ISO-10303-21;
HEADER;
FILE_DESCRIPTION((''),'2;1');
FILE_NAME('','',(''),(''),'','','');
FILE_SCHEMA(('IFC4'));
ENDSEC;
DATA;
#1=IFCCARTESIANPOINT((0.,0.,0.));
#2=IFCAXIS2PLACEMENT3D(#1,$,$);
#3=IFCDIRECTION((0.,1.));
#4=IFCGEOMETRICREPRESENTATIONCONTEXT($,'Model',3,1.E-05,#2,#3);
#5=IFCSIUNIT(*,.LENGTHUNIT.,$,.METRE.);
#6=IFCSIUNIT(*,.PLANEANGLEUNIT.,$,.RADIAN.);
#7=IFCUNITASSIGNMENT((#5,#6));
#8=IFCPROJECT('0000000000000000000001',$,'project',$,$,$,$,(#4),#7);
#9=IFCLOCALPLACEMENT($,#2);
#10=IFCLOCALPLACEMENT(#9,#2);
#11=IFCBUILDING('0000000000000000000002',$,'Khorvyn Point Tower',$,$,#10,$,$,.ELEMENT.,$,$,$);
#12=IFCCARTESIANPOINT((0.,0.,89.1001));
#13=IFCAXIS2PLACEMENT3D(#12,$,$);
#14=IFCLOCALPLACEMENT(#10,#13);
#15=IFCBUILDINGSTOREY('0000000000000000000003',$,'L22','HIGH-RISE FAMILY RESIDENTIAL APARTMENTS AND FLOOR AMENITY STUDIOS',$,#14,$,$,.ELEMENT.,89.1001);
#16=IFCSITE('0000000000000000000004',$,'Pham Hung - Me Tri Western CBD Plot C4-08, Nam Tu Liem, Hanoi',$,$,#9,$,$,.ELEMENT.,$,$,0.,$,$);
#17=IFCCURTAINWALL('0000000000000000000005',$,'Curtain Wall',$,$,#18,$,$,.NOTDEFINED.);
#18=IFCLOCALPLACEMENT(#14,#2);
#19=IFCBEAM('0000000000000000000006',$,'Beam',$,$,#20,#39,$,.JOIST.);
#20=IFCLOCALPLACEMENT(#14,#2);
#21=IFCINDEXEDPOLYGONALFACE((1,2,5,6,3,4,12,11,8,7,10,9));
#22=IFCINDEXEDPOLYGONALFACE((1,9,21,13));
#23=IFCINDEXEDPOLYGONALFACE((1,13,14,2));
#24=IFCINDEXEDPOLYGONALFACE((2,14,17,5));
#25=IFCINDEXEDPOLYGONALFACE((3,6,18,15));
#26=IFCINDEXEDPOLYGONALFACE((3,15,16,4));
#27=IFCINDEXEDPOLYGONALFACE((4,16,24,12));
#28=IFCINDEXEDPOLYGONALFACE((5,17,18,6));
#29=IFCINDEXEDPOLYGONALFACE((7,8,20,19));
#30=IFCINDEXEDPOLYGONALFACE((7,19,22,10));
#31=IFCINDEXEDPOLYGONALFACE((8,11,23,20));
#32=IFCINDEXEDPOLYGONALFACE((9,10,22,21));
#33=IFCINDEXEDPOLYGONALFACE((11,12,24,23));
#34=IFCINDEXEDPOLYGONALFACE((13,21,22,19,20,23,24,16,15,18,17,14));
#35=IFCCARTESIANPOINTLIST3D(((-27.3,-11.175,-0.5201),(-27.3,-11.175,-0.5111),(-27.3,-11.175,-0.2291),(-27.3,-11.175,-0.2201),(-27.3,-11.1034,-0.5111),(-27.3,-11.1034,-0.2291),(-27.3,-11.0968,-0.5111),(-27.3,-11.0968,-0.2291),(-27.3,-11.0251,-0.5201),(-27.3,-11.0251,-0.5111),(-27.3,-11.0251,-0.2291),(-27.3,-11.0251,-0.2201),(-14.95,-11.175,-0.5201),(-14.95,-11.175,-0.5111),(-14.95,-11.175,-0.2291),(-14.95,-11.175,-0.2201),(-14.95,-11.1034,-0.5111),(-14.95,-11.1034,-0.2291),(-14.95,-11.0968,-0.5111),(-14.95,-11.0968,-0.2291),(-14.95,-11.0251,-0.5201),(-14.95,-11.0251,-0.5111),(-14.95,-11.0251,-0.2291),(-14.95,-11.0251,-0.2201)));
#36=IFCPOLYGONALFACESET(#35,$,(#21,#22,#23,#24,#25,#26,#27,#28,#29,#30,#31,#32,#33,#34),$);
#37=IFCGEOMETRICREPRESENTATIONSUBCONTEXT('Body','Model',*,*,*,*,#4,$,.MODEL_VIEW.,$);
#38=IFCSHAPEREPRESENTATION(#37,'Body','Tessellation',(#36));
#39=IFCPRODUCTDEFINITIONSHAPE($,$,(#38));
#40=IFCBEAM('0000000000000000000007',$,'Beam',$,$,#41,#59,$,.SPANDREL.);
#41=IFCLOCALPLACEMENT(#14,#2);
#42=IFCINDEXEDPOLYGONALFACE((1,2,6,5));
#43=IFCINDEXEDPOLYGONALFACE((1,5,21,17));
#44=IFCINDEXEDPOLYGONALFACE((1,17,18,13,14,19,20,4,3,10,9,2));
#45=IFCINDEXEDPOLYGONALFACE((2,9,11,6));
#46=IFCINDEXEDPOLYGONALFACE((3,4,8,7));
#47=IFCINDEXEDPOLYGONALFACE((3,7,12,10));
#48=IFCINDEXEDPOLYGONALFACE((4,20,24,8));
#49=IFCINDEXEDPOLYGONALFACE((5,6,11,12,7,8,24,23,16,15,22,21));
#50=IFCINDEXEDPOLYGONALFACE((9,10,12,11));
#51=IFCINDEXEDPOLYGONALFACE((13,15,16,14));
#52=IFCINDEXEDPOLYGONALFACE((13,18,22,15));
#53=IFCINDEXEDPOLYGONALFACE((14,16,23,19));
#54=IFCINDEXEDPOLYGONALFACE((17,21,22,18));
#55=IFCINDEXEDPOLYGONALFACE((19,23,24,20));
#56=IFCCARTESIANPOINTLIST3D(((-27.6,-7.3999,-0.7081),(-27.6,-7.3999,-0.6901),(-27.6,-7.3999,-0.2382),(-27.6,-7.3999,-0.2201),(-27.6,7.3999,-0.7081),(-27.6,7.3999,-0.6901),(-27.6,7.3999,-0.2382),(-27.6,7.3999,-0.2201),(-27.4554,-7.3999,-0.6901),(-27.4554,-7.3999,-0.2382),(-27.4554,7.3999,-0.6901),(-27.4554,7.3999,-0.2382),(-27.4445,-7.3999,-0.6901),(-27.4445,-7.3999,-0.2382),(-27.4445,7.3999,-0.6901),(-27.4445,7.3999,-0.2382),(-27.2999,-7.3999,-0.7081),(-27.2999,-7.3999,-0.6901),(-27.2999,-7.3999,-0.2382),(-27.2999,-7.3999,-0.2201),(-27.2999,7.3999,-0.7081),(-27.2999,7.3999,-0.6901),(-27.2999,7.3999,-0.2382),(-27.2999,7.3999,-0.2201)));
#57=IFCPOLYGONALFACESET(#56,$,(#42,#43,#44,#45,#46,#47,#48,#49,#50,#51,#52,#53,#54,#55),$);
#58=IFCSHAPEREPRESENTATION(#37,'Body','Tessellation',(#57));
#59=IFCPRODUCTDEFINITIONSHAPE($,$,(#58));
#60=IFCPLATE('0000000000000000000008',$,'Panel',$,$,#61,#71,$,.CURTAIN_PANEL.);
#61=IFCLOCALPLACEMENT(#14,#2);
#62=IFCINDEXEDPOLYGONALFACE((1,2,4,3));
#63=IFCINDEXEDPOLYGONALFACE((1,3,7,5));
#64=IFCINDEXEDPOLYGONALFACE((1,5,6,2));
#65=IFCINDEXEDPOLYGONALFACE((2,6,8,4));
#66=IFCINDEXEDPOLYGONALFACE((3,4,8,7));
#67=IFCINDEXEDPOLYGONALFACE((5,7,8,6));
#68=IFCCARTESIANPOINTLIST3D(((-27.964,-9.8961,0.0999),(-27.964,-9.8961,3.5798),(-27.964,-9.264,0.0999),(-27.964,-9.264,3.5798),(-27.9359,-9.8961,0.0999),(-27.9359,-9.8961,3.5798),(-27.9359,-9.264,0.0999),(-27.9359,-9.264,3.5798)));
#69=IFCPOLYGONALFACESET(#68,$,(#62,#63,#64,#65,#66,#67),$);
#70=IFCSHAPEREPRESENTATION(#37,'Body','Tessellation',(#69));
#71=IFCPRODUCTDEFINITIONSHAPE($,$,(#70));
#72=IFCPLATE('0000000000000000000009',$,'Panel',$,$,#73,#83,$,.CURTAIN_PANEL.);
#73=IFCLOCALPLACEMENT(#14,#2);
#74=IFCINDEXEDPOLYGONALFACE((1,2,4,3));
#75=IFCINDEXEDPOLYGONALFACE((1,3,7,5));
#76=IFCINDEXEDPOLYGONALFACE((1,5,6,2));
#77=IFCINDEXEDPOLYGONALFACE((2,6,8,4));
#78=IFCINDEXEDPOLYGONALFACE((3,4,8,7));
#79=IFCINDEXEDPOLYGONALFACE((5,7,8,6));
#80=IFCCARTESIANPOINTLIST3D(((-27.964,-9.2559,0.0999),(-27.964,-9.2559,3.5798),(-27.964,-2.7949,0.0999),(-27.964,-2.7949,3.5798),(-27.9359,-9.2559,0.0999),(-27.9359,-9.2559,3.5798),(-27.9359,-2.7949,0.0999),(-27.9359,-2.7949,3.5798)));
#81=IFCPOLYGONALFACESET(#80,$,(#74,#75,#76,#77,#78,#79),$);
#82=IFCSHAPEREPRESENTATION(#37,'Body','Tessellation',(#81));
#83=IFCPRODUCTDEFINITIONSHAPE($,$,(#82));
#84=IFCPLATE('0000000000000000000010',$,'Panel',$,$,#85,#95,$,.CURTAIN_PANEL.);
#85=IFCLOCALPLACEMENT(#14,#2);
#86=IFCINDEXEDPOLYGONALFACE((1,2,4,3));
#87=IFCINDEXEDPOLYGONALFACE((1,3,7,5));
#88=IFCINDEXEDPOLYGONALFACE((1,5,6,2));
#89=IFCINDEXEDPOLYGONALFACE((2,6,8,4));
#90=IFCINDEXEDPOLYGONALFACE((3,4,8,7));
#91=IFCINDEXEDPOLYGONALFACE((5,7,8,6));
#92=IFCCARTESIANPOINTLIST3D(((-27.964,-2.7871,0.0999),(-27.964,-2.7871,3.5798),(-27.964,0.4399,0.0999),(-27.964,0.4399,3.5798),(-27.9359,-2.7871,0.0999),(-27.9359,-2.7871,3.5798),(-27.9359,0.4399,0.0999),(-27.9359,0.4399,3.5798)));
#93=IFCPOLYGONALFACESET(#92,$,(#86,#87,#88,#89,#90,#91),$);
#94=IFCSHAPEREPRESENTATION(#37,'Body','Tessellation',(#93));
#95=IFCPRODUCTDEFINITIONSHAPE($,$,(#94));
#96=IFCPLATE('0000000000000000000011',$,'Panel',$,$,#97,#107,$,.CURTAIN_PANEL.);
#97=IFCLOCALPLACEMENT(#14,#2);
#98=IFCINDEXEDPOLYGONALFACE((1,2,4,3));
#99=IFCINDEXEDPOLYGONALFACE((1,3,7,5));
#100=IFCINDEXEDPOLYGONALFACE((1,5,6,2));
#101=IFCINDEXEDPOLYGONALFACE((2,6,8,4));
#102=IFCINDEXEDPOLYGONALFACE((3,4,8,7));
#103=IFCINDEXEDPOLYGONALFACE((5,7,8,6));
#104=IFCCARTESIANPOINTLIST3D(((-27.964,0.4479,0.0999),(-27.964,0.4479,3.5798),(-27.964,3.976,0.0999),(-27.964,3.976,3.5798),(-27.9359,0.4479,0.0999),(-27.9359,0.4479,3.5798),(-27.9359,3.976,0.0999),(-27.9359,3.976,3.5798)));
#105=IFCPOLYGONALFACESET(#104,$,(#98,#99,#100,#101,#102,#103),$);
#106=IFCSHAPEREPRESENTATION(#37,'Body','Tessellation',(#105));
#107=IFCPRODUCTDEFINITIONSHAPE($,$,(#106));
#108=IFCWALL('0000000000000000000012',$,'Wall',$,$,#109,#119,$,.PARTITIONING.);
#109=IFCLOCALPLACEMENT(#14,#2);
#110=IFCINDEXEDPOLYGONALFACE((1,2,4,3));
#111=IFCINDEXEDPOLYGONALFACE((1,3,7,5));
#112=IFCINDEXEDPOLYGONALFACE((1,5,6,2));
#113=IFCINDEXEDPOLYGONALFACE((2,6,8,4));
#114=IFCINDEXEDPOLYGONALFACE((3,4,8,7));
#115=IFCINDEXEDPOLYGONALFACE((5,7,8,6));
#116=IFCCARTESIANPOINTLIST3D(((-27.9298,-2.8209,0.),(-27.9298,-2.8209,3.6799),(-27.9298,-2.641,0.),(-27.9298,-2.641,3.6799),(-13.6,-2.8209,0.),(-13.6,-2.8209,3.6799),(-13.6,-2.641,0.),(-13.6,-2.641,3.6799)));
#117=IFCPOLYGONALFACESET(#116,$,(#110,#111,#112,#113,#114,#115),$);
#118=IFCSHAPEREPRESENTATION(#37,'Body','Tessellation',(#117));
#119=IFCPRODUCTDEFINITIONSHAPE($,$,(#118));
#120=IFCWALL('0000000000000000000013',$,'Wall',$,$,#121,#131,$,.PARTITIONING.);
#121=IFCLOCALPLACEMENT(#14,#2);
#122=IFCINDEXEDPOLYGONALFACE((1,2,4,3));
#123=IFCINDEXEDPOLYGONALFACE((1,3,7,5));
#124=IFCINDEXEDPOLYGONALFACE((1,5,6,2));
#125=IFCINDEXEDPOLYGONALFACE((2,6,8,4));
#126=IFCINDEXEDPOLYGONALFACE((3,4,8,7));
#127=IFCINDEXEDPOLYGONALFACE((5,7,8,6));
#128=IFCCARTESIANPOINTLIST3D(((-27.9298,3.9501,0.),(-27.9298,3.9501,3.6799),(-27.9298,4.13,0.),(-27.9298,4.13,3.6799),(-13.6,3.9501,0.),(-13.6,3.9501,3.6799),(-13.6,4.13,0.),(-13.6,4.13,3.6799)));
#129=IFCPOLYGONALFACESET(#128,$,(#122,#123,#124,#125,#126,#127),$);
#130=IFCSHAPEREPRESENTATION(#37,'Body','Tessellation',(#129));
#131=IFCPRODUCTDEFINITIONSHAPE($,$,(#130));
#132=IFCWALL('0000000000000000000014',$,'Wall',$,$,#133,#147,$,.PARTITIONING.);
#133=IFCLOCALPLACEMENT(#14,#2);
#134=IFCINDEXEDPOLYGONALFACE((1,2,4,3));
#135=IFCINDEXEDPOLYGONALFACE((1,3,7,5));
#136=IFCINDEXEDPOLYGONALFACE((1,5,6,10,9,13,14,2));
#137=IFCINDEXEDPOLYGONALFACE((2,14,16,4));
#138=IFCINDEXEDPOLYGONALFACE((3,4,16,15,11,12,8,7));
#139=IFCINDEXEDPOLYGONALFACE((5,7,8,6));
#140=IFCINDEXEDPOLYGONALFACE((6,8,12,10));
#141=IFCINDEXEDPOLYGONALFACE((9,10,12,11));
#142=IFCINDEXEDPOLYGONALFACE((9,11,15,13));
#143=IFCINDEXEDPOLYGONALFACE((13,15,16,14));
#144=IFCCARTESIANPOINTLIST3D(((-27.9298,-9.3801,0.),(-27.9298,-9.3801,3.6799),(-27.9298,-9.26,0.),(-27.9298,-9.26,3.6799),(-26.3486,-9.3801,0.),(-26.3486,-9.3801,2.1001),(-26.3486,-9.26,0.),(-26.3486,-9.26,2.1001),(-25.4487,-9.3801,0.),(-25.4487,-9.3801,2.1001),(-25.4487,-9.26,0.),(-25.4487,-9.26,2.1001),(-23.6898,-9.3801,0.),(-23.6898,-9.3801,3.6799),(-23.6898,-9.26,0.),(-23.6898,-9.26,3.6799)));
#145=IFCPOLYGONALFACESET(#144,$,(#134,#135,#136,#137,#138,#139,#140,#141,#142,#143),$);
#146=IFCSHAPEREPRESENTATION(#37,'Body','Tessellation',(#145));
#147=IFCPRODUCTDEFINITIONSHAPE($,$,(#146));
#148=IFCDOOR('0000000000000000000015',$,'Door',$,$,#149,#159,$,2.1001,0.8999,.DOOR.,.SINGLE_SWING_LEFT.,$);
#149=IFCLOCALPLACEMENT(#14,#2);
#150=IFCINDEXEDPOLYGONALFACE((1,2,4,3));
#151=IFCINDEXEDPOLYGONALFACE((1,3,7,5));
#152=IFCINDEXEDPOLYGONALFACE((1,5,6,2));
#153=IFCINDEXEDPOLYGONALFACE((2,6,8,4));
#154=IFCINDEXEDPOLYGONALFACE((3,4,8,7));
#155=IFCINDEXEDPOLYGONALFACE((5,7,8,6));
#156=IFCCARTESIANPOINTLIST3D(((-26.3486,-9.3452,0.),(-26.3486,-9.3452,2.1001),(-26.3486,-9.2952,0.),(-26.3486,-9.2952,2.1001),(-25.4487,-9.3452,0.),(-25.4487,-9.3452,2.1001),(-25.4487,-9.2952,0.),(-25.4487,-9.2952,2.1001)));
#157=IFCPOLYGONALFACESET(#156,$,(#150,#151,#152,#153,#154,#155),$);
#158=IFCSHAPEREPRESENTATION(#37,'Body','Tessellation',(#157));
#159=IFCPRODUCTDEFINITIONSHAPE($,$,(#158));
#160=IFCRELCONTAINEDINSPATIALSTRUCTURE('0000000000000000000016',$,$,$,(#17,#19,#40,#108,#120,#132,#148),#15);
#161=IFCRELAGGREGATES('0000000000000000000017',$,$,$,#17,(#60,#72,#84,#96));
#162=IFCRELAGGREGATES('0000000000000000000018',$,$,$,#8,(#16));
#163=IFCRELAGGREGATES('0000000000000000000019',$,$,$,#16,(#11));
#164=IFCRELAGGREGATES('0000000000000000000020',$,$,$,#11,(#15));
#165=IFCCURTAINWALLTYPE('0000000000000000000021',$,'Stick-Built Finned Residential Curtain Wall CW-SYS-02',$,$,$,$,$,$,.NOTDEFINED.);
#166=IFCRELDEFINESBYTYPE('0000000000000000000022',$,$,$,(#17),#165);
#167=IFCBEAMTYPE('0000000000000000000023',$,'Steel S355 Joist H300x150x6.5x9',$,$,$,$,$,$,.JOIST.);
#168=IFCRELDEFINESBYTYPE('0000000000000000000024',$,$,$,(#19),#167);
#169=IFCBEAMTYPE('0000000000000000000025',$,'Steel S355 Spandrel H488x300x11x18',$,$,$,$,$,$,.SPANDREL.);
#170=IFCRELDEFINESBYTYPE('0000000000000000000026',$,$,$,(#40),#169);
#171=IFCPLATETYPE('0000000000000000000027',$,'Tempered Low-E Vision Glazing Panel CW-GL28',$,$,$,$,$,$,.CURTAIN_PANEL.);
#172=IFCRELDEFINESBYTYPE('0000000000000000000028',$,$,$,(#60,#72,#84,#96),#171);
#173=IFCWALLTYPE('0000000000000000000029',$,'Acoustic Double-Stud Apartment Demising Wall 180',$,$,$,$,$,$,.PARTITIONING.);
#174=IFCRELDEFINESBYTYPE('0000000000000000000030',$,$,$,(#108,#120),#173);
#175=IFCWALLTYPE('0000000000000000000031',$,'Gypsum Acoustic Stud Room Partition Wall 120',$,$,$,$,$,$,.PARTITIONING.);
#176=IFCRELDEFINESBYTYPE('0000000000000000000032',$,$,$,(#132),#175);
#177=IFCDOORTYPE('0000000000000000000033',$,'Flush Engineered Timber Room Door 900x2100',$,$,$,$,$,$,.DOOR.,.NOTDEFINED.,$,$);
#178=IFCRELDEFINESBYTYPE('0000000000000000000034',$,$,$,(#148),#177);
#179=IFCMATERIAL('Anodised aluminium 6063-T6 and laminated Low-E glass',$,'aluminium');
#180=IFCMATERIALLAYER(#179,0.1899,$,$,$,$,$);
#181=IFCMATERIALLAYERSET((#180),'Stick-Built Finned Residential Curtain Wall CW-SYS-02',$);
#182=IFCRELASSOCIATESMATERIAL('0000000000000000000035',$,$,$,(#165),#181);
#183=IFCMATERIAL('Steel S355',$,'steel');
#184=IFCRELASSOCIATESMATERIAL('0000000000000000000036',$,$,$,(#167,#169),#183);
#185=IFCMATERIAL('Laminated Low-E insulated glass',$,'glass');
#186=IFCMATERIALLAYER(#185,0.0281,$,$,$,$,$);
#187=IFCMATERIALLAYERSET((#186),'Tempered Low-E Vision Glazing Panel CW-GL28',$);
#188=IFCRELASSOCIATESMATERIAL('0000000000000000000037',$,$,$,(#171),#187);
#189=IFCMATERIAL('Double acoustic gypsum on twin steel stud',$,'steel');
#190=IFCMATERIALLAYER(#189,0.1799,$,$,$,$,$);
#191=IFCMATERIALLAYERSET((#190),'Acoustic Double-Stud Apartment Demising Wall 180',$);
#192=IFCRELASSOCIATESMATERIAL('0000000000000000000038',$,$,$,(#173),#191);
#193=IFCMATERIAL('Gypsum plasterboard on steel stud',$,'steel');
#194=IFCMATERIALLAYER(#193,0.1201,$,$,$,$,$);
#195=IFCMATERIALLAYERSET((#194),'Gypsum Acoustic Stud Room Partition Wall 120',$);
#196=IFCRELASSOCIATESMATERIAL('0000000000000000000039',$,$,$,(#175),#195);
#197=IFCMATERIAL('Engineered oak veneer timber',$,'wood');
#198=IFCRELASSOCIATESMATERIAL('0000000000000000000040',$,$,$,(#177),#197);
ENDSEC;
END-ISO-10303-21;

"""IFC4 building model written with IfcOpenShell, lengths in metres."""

from ifc_helpers import new_model, si_unit, direction, frame, frame_2d, origin, origin_2d, place, context, subcontext, project, spatial, rectangle, i_section, extrude, material, layer, layer_set, material_profile, profile_set, type_object, element, fill, aggregate, save


model = new_model("IFC4")

# Units and contexts
model_context = context("Model", 3, precision=1e-05, world=origin(), true_north=direction((0.0, 1.0)))
body_context = subcontext(model_context, "Body", "Model", "MODEL_VIEW")
ifc_project = project(units=[si_unit("LENGTHUNIT", "METRE"), si_unit("PLANEANGLEUNIT", "RADIAN")], contexts=[model_context])

# Site, building, storey
site_placement = place(None, origin())
site = spatial("IfcSite", under=ifc_project, at=site_placement, Name="Pham Hung - Me Tri Western CBD Plot C4-08, Nam Tu Liem, Hanoi", CompositionType="ELEMENT", RefElevation=0.0)
building_placement = place(site_placement, origin())
building = spatial("IfcBuilding", under=site, at=building_placement, Name="Khorvyn Point Tower", CompositionType="ELEMENT")
storey_placement = place(building_placement, frame((0.0, 0.0, 89.1001)))
storey = spatial("IfcBuildingStorey", under=building, at=storey_placement, Name="L22", Description="HIGH-RISE FAMILY RESIDENTIAL APARTMENTS AND FLOOR AMENITY STUDIOS", CompositionType="ELEMENT", Elevation=89.1001)

# Shared definitions
ifc_material_1 = material(Name="Anodised aluminium 6063-T6 and laminated Low-E glass", Category="aluminium")
ifc_layer_1 = layer(ifc_material_1, 0.1899)
ifc_layer_set_1 = layer_set([ifc_layer_1], Name="Stick-Built Finned Residential Curtain Wall CW-SYS-02")
curtain_wall_type = type_object("IfcCurtainWallType", Name="Stick-Built Finned Residential Curtain Wall CW-SYS-02", PredefinedType="NOTDEFINED", material=ifc_layer_set_1)

# Curtain wall
curtain_wall_1_placement = place(storey_placement, origin())
curtain_wall_1 = element("IfcCurtainWall", 1, at=curtain_wall_1_placement, inside=storey, type_object=curtain_wall_type, Name="Curtain Wall", PredefinedType="NOTDEFINED")

# Beams
ifc_material_2 = material(Name="Steel S355", Category="steel")
ifc_material_profile_1 = material_profile(ifc_material_2, i_section(OverallWidth=0.1499, OverallDepth=0.3, WebThickness=0.0066, FlangeThickness=0.009, at=origin_2d()))
ifc_profile_set_1 = profile_set([ifc_material_profile_1], Name="Steel S355 H300x150x6.5x9")
beam_type_1 = type_object("IfcBeamType", Name="Steel S355 Joist H300x150x6.5x9", PredefinedType="JOIST", material=ifc_profile_set_1)
beam_1_placement = place(storey_placement, frame((-27.3, -11.1001, -0.3701), z_axis=(1.0, 0.0, 0.0), x_axis=(0.0, 1.0, 0.0)))
element("IfcBeam", 2, at=beam_1_placement, inside=storey, type_object=beam_type_1, Name="Beam", PredefinedType="JOIST", context=body_context, shape_type="SweptSolid", body=[
    extrude(i_section(OverallWidth=0.1499, OverallDepth=0.3, WebThickness=0.0066, FlangeThickness=0.009, at=origin_2d()), origin(), (0.0, 0.0, 1.0), 12.3501),
])
ifc_material_profile_2 = material_profile(ifc_material_2, i_section(OverallWidth=0.3, OverallDepth=0.488, WebThickness=0.011, FlangeThickness=0.0181, at=origin_2d()))
ifc_profile_set_2 = profile_set([ifc_material_profile_2], Name="Steel S355 H488x300x11x18")
beam_type_2 = type_object("IfcBeamType", Name="Steel S355 Spandrel H488x300x11x18", PredefinedType="SPANDREL", material=ifc_profile_set_2)
beam_2_placement = place(storey_placement, frame((-27.45, -7.3999, -0.4641), z_axis=(0.0, 1.0, 0.0), x_axis=(-1.0, 0.0, 0.0)))
element("IfcBeam", 3, at=beam_2_placement, inside=storey, type_object=beam_type_2, Name="Beam", PredefinedType="SPANDREL", context=body_context, shape_type="SweptSolid", body=[
    extrude(i_section(OverallWidth=0.3, OverallDepth=0.488, WebThickness=0.011, FlangeThickness=0.0181, at=origin_2d()), origin(), (0.0, 0.0, 1.0), 14.7998),
])

# Plates
ifc_material_3 = material(Name="Laminated Low-E insulated glass", Category="glass")
ifc_layer_2 = layer(ifc_material_3, 0.0281)
ifc_layer_set_2 = layer_set([ifc_layer_2], Name="Tempered Low-E Vision Glazing Panel CW-GL28")
plate_type = type_object("IfcPlateType", Name="Tempered Low-E Vision Glazing Panel CW-GL28", PredefinedType="CURTAIN_PANEL", material=ifc_layer_set_2)
plate_1_placement = place(storey_placement, frame((-27.95, -9.5801, 0.0999), z_axis=(0.0, 0.0, 1.0), x_axis=(0.0, 1.0, 0.0)))
plate_1 = element("IfcPlate", 4, at=plate_1_placement, type_object=plate_type, Name="Panel", PredefinedType="CURTAIN_PANEL", context=body_context, shape_type="SweptSolid", body=[
    extrude(rectangle(XDim=0.6321, YDim=0.0281, at=origin_2d()), origin(), (0.0, 0.0, 1.0), 3.48),
])
plate_2_placement = place(storey_placement, frame((-27.95, -6.0254, 0.0999), z_axis=(0.0, 0.0, 1.0), x_axis=(0.0, 1.0, 0.0)))
plate_2 = element("IfcPlate", 5, at=plate_2_placement, type_object=plate_type, Name="Panel", PredefinedType="CURTAIN_PANEL", context=body_context, shape_type="SweptSolid", body=[
    extrude(rectangle(XDim=6.4609, YDim=0.0281, at=origin_2d()), origin(), (0.0, 0.0, 1.0), 3.48),
])
plate_3_placement = place(storey_placement, frame((-27.95, -1.1736, 0.0999), z_axis=(0.0, 0.0, 1.0), x_axis=(0.0, 1.0, 0.0)))
plate_3 = element("IfcPlate", 6, at=plate_3_placement, type_object=plate_type, Name="Panel", PredefinedType="CURTAIN_PANEL", context=body_context, shape_type="SweptSolid", body=[
    extrude(rectangle(XDim=3.2271, YDim=0.0281, at=origin_2d()), origin(), (0.0, 0.0, 1.0), 3.48),
])
plate_4_placement = place(storey_placement, frame((-27.95, 2.2119, 0.0999), z_axis=(0.0, 0.0, 1.0), x_axis=(0.0, 1.0, 0.0)))
plate_4 = element("IfcPlate", 7, at=plate_4_placement, type_object=plate_type, Name="Panel", PredefinedType="CURTAIN_PANEL", context=body_context, shape_type="SweptSolid", body=[
    extrude(rectangle(XDim=3.5281, YDim=0.0281, at=origin_2d()), origin(), (0.0, 0.0, 1.0), 3.48),
])
aggregate(curtain_wall_1, [plate_1, plate_2, plate_3, plate_4])

# Walls
ifc_material_4 = material(Name="Double acoustic gypsum on twin steel stud", Category="steel")
ifc_layer_3 = layer(ifc_material_4, 0.1799)
ifc_layer_set_3 = layer_set([ifc_layer_3], Name="Acoustic Double-Stud Apartment Demising Wall 180")
wall_type_1 = type_object("IfcWallType", Name="Acoustic Double-Stud Apartment Demising Wall 180", PredefinedType="PARTITIONING", material=ifc_layer_set_3)
for number, where, z_axis, x_axis, name in (
    (8, (-27.9299, -2.731, 0.0), (0.0, 0.0, 1.0), (1.0, 0.0, 0.0), "Wall"),
    (9, (-27.9299, 4.04, 0.0), (0.0, 0.0, 1.0), (1.0, 0.0, 0.0), "Wall"),
):
    element("IfcWall", number, at=place(storey_placement, frame(where, z_axis=z_axis, x_axis=x_axis)), inside=storey, type_object=wall_type_1, Name=name, PredefinedType="PARTITIONING", context=body_context, shape_type="SweptSolid", body=[
        extrude(rectangle(XDim=14.3298, YDim=0.1799, at=frame_2d((7.165, 0.0))), origin(), (0.0, 0.0, 1.0), 3.6799),
    ])

# Wall, opening, door
ifc_material_5 = material(Name="Gypsum plasterboard on steel stud", Category="steel")
ifc_layer_4 = layer(ifc_material_5, 0.1201)
ifc_layer_set_4 = layer_set([ifc_layer_4], Name="Gypsum Acoustic Stud Room Partition Wall 120")
wall_type_2 = type_object("IfcWallType", Name="Gypsum Acoustic Stud Room Partition Wall 120", PredefinedType="PARTITIONING", material=ifc_layer_set_4)
wall_1_placement = place(storey_placement, frame((-27.9299, -9.3201, 0.0), z_axis=(0.0, 0.0, 1.0), x_axis=(1.0, 0.0, 0.0)))
wall_1 = element("IfcWall", 10, at=wall_1_placement, inside=storey, type_object=wall_type_2, Name="Wall", PredefinedType="PARTITIONING", context=body_context, shape_type="SweptSolid", body=[
    extrude(rectangle(XDim=4.24, YDim=0.1201, at=frame_2d((2.1201, 0.0))), origin(), (0.0, 0.0, 1.0), 3.6799),
])
opening_1_placement = place(wall_1_placement, frame((1.5813, 0.0, 0.0)))
opening_1 = element("IfcOpeningElement", 11, at=opening_1_placement, cuts=wall_1, PredefinedType="OPENING", context=body_context, shape_type="SweptSolid", body=[
    extrude(rectangle(XDim=0.8999, YDim=2.1001, at=frame_2d((0.45, 1.05))), frame((0.0, 0.0701, 0.0), z_axis=(0.0, -1.0, 0.0), x_axis=(1.0, 0.0, 0.0)), (0.0, 0.0, 1.0), 0.1401),
])
ifc_material_6 = material(Name="Engineered oak veneer timber", Category="wood")
door_type_1 = type_object("IfcDoorType", Name="Flush Engineered Timber Room Door 900x2100", OperationType="NOTDEFINED", PredefinedType="DOOR", material=ifc_material_6)
door_1_placement = place(opening_1_placement, origin())
door_1 = element("IfcDoor", 12, at=door_1_placement, inside=storey, type_object=door_type_1, Name="Door", OperationType="SINGLE_SWING_LEFT", OverallHeight=2.1001, OverallWidth=0.8999, PredefinedType="DOOR", context=body_context, shape_type="SweptSolid", body=[
    extrude(rectangle(XDim=0.8999, YDim=2.1001, at=frame_2d((0.45, 1.05))), frame((0.0, 0.0249, 0.0), z_axis=(0.0, -1.0, 0.0), x_axis=(1.0, 0.0, 0.0)), (0.0, 0.0, 1.0), 0.05),
])
fill(opening_1, door_1)

save(model, "model.ifc")
